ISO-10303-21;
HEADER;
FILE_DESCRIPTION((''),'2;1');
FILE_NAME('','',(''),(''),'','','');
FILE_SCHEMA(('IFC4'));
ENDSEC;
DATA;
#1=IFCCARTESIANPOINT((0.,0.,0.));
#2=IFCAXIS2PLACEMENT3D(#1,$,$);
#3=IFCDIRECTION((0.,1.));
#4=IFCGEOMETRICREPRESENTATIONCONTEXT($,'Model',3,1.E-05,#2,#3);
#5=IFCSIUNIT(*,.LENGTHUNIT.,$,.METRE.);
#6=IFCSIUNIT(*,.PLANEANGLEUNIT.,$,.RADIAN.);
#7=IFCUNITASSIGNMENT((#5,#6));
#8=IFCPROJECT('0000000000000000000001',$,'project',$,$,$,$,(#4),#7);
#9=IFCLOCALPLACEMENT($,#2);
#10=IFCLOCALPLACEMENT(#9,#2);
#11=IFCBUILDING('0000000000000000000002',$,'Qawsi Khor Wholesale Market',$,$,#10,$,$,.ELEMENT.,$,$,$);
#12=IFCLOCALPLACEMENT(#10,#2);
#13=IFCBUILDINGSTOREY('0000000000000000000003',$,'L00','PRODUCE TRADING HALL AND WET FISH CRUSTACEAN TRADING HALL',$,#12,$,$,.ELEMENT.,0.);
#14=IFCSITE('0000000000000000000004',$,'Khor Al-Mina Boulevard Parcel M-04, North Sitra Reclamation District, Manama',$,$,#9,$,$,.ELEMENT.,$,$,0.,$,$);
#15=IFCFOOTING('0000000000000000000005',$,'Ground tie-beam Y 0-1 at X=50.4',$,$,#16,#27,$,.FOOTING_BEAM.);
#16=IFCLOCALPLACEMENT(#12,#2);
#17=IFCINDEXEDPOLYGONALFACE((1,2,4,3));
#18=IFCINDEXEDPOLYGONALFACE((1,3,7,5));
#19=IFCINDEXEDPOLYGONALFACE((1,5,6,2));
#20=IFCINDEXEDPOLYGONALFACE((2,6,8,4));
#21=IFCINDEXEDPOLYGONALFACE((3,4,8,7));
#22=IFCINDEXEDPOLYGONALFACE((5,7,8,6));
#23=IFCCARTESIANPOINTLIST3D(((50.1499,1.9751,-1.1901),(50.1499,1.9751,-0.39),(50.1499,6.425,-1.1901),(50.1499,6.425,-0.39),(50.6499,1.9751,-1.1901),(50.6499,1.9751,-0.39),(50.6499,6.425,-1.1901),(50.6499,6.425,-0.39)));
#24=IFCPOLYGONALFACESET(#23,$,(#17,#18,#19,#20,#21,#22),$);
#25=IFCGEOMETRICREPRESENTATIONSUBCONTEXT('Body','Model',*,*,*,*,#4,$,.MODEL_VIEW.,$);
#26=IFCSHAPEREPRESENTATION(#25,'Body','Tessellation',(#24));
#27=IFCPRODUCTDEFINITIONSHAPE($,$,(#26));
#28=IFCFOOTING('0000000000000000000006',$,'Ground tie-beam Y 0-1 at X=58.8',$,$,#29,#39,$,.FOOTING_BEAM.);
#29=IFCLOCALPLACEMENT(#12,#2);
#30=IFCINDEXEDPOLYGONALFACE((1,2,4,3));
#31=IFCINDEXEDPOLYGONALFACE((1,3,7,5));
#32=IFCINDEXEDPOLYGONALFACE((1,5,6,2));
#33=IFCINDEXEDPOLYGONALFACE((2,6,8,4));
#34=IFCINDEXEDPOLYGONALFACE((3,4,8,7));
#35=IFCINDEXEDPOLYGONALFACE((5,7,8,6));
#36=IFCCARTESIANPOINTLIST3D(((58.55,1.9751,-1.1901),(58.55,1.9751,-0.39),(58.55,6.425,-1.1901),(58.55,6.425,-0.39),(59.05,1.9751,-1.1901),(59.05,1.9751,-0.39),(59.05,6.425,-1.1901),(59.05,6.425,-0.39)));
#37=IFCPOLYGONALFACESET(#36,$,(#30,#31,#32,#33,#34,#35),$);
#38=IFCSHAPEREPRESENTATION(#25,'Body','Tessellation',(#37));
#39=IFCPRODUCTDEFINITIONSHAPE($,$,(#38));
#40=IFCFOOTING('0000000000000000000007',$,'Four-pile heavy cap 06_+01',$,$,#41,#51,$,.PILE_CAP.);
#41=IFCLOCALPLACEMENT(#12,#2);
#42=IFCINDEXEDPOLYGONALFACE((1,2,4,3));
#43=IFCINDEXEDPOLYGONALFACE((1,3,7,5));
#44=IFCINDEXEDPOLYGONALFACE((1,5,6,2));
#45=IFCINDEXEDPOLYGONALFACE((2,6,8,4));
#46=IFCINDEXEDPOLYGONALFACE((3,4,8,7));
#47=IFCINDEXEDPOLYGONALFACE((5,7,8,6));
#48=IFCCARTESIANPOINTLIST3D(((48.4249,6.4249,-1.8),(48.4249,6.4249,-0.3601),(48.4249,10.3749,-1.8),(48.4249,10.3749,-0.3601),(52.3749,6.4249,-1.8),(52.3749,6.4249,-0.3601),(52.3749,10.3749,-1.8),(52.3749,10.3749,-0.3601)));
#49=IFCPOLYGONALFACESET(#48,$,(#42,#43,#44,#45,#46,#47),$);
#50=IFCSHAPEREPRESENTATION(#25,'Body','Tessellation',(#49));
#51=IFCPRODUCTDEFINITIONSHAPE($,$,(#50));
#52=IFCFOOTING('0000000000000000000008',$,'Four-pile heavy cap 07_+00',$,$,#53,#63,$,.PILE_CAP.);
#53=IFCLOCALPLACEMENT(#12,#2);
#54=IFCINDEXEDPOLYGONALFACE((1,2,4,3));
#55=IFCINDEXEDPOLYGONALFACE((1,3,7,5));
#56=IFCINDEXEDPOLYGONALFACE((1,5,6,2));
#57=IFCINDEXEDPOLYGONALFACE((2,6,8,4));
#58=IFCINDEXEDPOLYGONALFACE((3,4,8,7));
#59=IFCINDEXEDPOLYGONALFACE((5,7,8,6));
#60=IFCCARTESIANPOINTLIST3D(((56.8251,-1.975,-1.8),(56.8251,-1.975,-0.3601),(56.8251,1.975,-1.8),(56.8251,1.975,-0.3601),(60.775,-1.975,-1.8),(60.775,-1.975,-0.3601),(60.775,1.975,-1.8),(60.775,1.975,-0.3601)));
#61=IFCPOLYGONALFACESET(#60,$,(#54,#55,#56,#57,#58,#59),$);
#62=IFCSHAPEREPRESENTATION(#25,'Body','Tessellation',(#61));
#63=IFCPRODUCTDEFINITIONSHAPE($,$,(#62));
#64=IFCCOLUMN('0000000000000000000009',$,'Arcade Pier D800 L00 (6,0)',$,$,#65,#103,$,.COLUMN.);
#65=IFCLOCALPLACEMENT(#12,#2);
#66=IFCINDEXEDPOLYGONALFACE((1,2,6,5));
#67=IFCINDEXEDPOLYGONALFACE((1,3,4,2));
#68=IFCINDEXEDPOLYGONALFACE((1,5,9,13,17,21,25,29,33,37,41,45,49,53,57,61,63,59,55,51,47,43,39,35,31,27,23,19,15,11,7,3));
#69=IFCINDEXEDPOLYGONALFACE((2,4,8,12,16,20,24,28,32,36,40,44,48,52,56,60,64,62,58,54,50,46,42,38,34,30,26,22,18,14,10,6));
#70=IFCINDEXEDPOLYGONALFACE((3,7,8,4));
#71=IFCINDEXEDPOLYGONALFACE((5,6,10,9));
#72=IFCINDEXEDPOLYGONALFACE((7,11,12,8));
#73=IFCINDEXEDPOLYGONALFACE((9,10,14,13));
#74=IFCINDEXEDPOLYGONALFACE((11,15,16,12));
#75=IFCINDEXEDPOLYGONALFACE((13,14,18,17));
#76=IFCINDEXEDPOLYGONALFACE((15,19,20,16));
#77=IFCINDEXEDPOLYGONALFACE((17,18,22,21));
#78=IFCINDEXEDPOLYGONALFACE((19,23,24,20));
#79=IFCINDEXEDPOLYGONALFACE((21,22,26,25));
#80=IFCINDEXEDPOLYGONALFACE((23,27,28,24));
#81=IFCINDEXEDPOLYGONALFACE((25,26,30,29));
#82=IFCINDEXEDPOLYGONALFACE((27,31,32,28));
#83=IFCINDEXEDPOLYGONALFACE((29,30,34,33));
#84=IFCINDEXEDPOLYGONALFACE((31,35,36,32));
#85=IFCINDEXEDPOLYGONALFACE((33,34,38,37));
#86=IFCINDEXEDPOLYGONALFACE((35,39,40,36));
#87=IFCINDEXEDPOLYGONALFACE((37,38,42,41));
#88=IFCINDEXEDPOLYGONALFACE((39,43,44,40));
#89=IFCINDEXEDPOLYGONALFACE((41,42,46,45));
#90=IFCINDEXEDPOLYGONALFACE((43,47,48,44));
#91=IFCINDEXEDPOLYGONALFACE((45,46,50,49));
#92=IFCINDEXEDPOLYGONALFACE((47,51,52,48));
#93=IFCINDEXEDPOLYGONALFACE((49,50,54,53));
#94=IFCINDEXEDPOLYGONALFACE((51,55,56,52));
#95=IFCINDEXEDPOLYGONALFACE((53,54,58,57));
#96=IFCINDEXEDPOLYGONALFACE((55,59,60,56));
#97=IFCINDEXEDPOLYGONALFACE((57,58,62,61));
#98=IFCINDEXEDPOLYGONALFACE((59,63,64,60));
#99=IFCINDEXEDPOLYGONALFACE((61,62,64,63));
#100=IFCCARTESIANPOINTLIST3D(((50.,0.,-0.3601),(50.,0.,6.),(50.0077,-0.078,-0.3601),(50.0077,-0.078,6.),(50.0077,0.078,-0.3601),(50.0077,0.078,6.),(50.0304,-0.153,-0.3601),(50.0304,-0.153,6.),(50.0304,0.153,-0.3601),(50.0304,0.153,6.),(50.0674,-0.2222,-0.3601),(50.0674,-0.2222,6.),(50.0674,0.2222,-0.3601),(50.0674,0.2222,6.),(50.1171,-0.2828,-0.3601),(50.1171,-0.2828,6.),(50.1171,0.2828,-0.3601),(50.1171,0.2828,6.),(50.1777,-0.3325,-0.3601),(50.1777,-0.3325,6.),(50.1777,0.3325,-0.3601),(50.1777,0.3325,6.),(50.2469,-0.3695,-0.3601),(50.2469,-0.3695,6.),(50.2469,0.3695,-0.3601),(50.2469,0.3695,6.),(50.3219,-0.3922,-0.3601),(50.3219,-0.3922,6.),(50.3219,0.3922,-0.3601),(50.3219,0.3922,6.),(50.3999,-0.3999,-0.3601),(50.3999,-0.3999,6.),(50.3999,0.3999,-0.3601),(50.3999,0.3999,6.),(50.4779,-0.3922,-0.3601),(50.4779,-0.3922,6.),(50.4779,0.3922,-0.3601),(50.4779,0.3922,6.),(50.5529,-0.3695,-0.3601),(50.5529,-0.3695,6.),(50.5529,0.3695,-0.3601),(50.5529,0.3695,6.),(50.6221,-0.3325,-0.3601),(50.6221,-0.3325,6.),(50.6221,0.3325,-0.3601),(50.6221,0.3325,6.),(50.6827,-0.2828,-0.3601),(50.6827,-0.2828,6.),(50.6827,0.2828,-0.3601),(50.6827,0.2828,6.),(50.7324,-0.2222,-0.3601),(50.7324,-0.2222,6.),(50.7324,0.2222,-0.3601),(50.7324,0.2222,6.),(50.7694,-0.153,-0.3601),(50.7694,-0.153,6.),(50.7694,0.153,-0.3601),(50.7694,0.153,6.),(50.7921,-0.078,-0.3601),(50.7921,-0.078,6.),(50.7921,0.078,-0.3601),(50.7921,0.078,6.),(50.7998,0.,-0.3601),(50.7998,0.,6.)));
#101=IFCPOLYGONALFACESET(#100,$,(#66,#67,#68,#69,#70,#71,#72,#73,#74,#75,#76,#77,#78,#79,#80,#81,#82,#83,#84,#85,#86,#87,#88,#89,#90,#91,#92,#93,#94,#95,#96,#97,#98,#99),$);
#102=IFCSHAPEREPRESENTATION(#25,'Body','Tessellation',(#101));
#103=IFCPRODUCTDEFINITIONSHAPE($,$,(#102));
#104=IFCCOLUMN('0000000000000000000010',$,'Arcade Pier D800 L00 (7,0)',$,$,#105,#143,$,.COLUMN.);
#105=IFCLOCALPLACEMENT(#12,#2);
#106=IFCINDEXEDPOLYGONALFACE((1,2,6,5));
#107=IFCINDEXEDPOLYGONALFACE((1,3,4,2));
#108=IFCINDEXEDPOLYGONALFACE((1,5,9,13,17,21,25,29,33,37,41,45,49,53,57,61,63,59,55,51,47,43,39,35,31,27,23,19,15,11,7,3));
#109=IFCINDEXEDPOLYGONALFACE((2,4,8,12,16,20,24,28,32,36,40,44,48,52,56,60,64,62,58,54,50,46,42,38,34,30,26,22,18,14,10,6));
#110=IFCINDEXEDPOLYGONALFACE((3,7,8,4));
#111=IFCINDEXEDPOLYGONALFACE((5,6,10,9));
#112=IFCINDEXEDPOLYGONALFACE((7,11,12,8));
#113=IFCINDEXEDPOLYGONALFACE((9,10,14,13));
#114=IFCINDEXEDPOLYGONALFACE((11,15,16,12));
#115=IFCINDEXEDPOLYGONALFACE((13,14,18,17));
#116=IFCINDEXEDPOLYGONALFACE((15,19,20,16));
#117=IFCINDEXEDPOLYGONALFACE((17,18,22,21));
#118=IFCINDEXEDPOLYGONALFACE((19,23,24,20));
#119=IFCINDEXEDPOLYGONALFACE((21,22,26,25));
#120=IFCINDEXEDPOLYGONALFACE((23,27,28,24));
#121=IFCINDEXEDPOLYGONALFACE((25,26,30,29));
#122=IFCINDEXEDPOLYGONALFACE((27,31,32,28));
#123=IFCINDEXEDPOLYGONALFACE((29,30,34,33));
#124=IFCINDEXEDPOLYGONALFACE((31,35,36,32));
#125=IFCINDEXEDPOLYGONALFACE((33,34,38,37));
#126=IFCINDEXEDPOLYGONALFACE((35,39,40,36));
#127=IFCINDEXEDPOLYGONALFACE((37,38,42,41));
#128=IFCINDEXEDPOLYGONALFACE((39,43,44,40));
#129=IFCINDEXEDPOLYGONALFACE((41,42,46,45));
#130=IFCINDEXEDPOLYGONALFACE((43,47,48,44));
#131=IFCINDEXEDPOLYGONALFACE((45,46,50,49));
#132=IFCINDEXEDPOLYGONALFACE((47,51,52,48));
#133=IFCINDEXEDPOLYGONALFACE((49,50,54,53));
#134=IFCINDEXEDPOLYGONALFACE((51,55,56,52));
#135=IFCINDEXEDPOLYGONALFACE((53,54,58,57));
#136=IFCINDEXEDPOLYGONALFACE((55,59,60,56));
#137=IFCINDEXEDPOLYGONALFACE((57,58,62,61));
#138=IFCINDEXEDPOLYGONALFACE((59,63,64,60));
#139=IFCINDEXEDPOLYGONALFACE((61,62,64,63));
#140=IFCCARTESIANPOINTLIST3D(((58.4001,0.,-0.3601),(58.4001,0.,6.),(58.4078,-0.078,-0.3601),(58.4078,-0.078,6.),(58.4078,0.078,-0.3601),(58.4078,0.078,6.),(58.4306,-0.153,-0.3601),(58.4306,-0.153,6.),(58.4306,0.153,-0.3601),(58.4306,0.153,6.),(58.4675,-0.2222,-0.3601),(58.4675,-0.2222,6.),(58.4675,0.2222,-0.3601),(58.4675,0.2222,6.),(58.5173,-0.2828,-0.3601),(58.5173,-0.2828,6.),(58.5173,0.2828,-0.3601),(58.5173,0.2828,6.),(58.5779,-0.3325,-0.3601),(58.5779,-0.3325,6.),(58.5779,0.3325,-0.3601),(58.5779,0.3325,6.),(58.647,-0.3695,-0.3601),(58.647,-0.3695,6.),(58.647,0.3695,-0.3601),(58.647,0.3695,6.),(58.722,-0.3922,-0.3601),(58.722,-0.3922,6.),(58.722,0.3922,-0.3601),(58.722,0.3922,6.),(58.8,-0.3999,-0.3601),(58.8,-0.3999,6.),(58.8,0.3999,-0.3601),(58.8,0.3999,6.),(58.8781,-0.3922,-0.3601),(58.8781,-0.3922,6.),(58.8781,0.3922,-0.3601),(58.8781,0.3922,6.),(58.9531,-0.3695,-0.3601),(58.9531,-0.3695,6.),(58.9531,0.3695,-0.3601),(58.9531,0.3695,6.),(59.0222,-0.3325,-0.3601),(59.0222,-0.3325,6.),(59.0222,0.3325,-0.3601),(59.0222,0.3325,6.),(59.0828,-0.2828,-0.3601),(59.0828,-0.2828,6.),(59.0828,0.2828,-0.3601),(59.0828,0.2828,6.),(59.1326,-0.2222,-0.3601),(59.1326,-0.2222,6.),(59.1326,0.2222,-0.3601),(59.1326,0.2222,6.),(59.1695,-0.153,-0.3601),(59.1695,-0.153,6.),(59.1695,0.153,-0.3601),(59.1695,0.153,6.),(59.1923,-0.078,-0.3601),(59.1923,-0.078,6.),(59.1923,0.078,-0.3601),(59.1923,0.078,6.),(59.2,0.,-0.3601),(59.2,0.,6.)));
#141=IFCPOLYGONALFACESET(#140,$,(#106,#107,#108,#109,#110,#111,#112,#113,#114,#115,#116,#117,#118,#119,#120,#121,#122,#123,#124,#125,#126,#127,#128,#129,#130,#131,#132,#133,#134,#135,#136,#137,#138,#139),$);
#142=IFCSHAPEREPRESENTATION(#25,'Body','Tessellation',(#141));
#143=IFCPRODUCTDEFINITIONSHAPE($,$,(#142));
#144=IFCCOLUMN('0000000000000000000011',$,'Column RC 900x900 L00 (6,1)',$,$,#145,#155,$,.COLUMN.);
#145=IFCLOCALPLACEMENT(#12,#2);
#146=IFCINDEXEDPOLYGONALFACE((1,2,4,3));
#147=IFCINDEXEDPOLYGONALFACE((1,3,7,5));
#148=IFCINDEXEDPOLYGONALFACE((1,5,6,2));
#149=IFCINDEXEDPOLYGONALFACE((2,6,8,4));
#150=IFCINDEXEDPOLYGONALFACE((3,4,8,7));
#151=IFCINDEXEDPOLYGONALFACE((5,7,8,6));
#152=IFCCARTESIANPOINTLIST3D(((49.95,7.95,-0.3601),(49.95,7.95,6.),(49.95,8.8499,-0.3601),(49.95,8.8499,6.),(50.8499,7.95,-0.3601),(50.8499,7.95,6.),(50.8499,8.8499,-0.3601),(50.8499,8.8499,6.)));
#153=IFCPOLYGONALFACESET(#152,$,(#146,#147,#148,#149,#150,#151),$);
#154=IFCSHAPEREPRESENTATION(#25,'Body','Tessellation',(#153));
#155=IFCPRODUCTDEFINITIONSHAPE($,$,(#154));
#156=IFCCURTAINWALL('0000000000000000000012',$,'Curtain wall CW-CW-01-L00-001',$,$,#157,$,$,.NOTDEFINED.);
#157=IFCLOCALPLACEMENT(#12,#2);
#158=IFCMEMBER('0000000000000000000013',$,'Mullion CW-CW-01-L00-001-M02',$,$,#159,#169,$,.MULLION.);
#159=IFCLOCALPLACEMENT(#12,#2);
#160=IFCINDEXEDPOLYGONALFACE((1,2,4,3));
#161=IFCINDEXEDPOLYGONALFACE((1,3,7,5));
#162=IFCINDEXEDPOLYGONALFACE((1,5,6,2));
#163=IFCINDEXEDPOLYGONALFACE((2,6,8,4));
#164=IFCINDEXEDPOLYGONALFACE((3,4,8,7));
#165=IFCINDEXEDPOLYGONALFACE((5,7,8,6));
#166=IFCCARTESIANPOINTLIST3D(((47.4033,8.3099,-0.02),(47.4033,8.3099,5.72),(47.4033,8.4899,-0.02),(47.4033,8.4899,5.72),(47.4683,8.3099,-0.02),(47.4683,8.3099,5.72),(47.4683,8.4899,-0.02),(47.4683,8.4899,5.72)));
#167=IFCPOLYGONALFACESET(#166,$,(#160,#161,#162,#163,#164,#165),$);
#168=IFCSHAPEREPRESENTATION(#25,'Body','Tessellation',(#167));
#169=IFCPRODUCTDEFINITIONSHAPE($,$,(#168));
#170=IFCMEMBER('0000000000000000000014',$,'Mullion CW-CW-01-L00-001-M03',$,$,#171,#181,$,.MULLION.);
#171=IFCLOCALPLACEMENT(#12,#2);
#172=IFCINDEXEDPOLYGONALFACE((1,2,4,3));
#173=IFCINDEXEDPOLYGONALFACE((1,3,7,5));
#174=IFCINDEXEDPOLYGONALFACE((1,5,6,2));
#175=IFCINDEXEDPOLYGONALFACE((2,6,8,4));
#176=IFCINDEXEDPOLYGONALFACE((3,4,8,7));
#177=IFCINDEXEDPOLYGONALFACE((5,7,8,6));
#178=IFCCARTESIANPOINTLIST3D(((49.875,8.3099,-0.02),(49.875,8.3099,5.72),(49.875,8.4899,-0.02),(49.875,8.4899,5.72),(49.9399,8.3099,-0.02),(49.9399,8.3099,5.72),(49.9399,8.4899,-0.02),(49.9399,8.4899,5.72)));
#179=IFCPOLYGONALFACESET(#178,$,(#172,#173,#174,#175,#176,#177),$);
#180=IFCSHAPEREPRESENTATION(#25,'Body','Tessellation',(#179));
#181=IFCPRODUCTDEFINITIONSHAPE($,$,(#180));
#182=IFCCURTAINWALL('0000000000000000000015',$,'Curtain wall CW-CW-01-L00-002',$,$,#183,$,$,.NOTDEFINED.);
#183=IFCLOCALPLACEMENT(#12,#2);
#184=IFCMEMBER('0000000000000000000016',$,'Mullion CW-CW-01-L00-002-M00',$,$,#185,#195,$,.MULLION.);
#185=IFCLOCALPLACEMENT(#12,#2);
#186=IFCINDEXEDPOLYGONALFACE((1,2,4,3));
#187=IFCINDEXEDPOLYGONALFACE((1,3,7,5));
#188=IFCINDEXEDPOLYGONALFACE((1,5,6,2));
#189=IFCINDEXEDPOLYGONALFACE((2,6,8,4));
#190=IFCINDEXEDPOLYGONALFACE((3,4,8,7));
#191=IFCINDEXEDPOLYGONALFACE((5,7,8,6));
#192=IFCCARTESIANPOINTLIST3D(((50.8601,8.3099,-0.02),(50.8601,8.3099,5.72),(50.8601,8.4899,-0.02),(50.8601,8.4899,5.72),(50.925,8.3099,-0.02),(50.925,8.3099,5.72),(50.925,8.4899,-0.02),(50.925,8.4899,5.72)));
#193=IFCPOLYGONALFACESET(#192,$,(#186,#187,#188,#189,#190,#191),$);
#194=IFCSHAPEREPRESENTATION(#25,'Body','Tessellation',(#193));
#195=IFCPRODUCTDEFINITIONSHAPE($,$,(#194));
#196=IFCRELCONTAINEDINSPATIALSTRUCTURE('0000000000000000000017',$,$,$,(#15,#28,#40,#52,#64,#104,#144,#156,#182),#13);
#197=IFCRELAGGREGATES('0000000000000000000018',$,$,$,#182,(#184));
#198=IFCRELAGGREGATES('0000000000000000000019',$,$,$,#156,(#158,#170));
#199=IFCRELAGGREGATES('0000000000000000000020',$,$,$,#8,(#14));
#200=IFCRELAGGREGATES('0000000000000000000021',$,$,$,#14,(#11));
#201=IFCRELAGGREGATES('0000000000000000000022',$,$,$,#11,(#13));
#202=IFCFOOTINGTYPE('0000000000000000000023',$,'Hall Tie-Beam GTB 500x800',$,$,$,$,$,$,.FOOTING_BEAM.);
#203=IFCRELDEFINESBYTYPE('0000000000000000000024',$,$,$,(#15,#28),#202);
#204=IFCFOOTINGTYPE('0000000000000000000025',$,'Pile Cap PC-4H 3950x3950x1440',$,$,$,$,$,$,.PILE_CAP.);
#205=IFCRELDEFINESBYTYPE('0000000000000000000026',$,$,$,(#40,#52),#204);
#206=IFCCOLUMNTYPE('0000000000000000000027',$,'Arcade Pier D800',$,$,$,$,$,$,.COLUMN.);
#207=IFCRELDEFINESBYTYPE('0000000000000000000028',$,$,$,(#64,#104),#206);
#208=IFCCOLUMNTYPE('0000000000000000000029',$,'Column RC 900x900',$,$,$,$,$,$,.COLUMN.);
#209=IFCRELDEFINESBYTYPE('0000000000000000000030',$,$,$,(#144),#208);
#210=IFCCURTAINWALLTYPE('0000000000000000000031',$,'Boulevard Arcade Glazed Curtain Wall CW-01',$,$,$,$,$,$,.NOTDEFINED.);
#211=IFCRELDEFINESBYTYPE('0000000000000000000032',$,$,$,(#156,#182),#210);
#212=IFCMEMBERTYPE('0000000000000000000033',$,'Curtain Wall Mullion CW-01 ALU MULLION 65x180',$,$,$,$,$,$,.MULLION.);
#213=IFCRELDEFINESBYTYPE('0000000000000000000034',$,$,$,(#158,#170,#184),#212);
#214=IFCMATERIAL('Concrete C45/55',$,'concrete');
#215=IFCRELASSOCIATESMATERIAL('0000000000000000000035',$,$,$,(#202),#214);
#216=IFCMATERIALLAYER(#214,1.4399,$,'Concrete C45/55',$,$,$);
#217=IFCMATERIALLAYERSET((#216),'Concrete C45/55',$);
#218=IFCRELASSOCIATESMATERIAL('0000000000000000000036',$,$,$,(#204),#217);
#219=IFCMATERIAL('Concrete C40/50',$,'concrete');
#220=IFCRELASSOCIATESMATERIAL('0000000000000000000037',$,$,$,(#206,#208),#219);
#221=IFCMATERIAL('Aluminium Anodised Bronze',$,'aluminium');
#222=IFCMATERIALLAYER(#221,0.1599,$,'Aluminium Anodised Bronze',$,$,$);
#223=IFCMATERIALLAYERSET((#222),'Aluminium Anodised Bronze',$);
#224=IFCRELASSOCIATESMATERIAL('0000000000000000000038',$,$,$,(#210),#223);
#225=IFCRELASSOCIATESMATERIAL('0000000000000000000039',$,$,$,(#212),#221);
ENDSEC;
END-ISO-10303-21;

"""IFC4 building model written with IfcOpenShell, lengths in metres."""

from ifc_helpers import new_model, si_unit, direction, frame, origin, origin_2d, place, context, subcontext, project, spatial, rectangle, circle, extrude, material, layer, layer_set, material_profile, profile_set, type_object, element, aggregate, save


model = new_model("IFC4")

# Units and contexts
model_context = context("Model", 3, precision=1e-05, world=origin(), true_north=direction((0.0, 1.0)))
body_context = subcontext(model_context, "Body", "Model", "MODEL_VIEW")
ifc_project = project(units=[si_unit("LENGTHUNIT", "METRE"), si_unit("PLANEANGLEUNIT", "RADIAN")], contexts=[model_context])

# Site, building, storey
site_placement = place(None, origin())
site = spatial("IfcSite", under=ifc_project, at=site_placement, Name="Khor Al-Mina Boulevard Parcel M-04, North Sitra Reclamation District, Manama", CompositionType="ELEMENT", RefElevation=0.0)
building_placement = place(site_placement, origin())
building = spatial("IfcBuilding", under=site, at=building_placement, Name="Qawsi Khor Wholesale Market", CompositionType="ELEMENT")
storey_placement = place(building_placement, origin())
storey = spatial("IfcBuildingStorey", under=building, at=storey_placement, Name="L00", Description="PRODUCE TRADING HALL AND WET FISH CRUSTACEAN TRADING HALL", CompositionType="ELEMENT", Elevation=0.0)

# Shared definitions
ifc_material_1 = material(Name="Concrete C45/55", Category="concrete")

# Footings
ifc_material_profile_1 = material_profile(ifc_material_1, rectangle(XDim=0.5, YDim=0.8, at=origin_2d()), Name="RC 500x800")
ifc_profile_set_1 = profile_set([ifc_material_profile_1], Name="Concrete C45/55")
footing_type_1 = type_object("IfcFootingType", Name="Hall Tie-Beam GTB 500x800", PredefinedType="FOOTING_BEAM", material=ifc_profile_set_1)
for number, where, z_axis, x_axis, name in (
    (1, (50.3999, 1.9751, -0.79), (0.0, 1.0, 0.0), (-1.0, 0.0, 0.0), "Ground tie-beam Y 0-1 at X=50.4"),
    (2, (58.8, 1.9751, -0.79), (0.0, 1.0, 0.0), (-1.0, 0.0, 0.0), "Ground tie-beam Y 0-1 at X=58.8"),
):
    element("IfcFooting", number, at=place(storey_placement, frame(where, z_axis=z_axis, x_axis=x_axis)), inside=storey, type_object=footing_type_1, Name=name, PredefinedType="FOOTING_BEAM", context=body_context, shape_type="SweptSolid", body=[
        extrude(rectangle(XDim=0.5, YDim=0.8, at=origin_2d()), origin(), (0.0, 0.0, 1.0), 4.45),
    ])
ifc_layer_1 = layer(ifc_material_1, 1.4399, Name="Concrete C45/55")
ifc_layer_set_1 = layer_set([ifc_layer_1], Name="Concrete C45/55")
footing_type_2 = type_object("IfcFootingType", Name="Pile Cap PC-4H 3950x3950x1440", PredefinedType="PILE_CAP", material=ifc_layer_set_1)
for number, where, z_axis, x_axis, name in (
    (3, (50.3999, 8.3999, -1.8), (0.0, 0.0, 1.0), (1.0, 0.0, 0.0), "Four-pile heavy cap 06_+01"),
    (4, (58.8, 0.0, -1.8), (0.0, 0.0, 1.0), (1.0, 0.0, 0.0), "Four-pile heavy cap 07_+00"),
):
    element("IfcFooting", number, at=place(storey_placement, frame(where, z_axis=z_axis, x_axis=x_axis)), inside=storey, type_object=footing_type_2, Name=name, PredefinedType="PILE_CAP", context=body_context, shape_type="SweptSolid", body=[
        extrude(rectangle(XDim=3.95, YDim=3.95, at=origin_2d()), origin(), (0.0, 0.0, 1.0), 1.4399),
    ])

# Columns
ifc_material_2 = material(Name="Concrete C40/50", Category="concrete")
ifc_material_profile_2 = material_profile(ifc_material_2, circle(Radius=0.3999, at=origin_2d()), Name="RC COL D800")
ifc_profile_set_2 = profile_set([ifc_material_profile_2], Name="Concrete C40/50")
column_type_1 = type_object("IfcColumnType", Name="Arcade Pier D800", PredefinedType="COLUMN", material=ifc_profile_set_2)
for number, where, z_axis, x_axis, name in (
    (5, (50.3999, 0.0, -0.3601), (0.0, 0.0, 1.0), (1.0, 0.0, 0.0), "Arcade Pier D800 L00 (6,0)"),
    (6, (58.8, 0.0, -0.3601), (0.0, 0.0, 1.0), (1.0, 0.0, 0.0), "Arcade Pier D800 L00 (7,0)"),
):
    element("IfcColumn", number, at=place(storey_placement, frame(where, z_axis=z_axis, x_axis=x_axis)), inside=storey, type_object=column_type_1, Name=name, PredefinedType="COLUMN", context=body_context, shape_type="SweptSolid", body=[
        extrude(circle(Radius=0.3999, at=origin_2d()), origin(), (0.0, 0.0, 1.0), 6.3601),
    ])
ifc_material_profile_3 = material_profile(ifc_material_2, rectangle(XDim=0.8999, YDim=0.8999, at=origin_2d()), Name="RC 900x900")
ifc_profile_set_3 = profile_set([ifc_material_profile_3], Name="Concrete C40/50")
column_type_2 = type_object("IfcColumnType", Name="Column RC 900x900", PredefinedType="COLUMN", material=ifc_profile_set_3)
column_placement = place(storey_placement, frame((50.3999, 8.3999, -0.3601), z_axis=(0.0, 0.0, 1.0), x_axis=(1.0, 0.0, 0.0)))
element("IfcColumn", 7, at=column_placement, inside=storey, type_object=column_type_2, Name="Column RC 900x900 L00 (6,1)", PredefinedType="COLUMN", context=body_context, shape_type="SweptSolid", body=[
    extrude(rectangle(XDim=0.8999, YDim=0.8999, at=origin_2d()), origin(), (0.0, 0.0, 1.0), 6.3601),
])

# Curtain wall, members
ifc_material_3 = material(Name="Aluminium Anodised Bronze", Category="aluminium")
ifc_layer_2 = layer(ifc_material_3, 0.1599, Name="Aluminium Anodised Bronze")
ifc_layer_set_2 = layer_set([ifc_layer_2], Name="Aluminium Anodised Bronze")
curtain_wall_type = type_object("IfcCurtainWallType", Name="Boulevard Arcade Glazed Curtain Wall CW-01", PredefinedType="NOTDEFINED", material=ifc_layer_set_2)
curtain_wall_1_placement = place(storey_placement, origin())
curtain_wall_1 = element("IfcCurtainWall", 8, at=curtain_wall_1_placement, inside=storey, type_object=curtain_wall_type, Name="Curtain wall CW-CW-01-L00-001", PredefinedType="NOTDEFINED")
ifc_material_profile_4 = material_profile(ifc_material_3, rectangle(XDim=0.0649, YDim=0.1799, at=origin_2d()), Name="ALU MULLION 65x180")
ifc_profile_set_4 = profile_set([ifc_material_profile_4], Name="Aluminium Anodised Bronze")
member_type_1 = type_object("IfcMemberType", Name="Curtain Wall Mullion CW-01 ALU MULLION 65x180", PredefinedType="MULLION", material=ifc_profile_set_4)
member_1_placement = place(storey_placement, frame((47.4358, 8.3999, -0.02), z_axis=(0.0, 0.0, 1.0), x_axis=(1.0, 0.0, 0.0)))
member_1 = element("IfcMember", 9, at=member_1_placement, type_object=member_type_1, Name="Mullion CW-CW-01-L00-001-M02", PredefinedType="MULLION", context=body_context, shape_type="SweptSolid", body=[
    extrude(rectangle(XDim=0.0649, YDim=0.1799, at=origin_2d()), origin(), (0.0, 0.0, 1.0), 5.74),
])
member_2_placement = place(storey_placement, frame((49.9075, 8.3999, -0.02), z_axis=(0.0, 0.0, 1.0), x_axis=(1.0, 0.0, 0.0)))
member_2 = element("IfcMember", 10, at=member_2_placement, type_object=member_type_1, Name="Mullion CW-CW-01-L00-001-M03", PredefinedType="MULLION", context=body_context, shape_type="SweptSolid", body=[
    extrude(rectangle(XDim=0.0649, YDim=0.1799, at=origin_2d()), origin(), (0.0, 0.0, 1.0), 5.74),
])

# Curtain wall, member
curtain_wall_2_placement = place(storey_placement, origin())
curtain_wall_2 = element("IfcCurtainWall", 11, at=curtain_wall_2_placement, inside=storey, type_object=curtain_wall_type, Name="Curtain wall CW-CW-01-L00-002", PredefinedType="NOTDEFINED")
member_3_placement = place(storey_placement, frame((50.8926, 8.3999, -0.02), z_axis=(0.0, 0.0, 1.0), x_axis=(1.0, 0.0, 0.0)))
member_3 = element("IfcMember", 12, at=member_3_placement, type_object=member_type_1, Name="Mullion CW-CW-01-L00-002-M00", PredefinedType="MULLION", context=body_context, shape_type="SweptSolid", body=[
    extrude(rectangle(XDim=0.0649, YDim=0.1799, at=origin_2d()), origin(), (0.0, 0.0, 1.0), 5.74),
])

aggregate(curtain_wall_2, [member_3])

aggregate(curtain_wall_1, [member_1, member_2])

save(model, "model.ifc")
